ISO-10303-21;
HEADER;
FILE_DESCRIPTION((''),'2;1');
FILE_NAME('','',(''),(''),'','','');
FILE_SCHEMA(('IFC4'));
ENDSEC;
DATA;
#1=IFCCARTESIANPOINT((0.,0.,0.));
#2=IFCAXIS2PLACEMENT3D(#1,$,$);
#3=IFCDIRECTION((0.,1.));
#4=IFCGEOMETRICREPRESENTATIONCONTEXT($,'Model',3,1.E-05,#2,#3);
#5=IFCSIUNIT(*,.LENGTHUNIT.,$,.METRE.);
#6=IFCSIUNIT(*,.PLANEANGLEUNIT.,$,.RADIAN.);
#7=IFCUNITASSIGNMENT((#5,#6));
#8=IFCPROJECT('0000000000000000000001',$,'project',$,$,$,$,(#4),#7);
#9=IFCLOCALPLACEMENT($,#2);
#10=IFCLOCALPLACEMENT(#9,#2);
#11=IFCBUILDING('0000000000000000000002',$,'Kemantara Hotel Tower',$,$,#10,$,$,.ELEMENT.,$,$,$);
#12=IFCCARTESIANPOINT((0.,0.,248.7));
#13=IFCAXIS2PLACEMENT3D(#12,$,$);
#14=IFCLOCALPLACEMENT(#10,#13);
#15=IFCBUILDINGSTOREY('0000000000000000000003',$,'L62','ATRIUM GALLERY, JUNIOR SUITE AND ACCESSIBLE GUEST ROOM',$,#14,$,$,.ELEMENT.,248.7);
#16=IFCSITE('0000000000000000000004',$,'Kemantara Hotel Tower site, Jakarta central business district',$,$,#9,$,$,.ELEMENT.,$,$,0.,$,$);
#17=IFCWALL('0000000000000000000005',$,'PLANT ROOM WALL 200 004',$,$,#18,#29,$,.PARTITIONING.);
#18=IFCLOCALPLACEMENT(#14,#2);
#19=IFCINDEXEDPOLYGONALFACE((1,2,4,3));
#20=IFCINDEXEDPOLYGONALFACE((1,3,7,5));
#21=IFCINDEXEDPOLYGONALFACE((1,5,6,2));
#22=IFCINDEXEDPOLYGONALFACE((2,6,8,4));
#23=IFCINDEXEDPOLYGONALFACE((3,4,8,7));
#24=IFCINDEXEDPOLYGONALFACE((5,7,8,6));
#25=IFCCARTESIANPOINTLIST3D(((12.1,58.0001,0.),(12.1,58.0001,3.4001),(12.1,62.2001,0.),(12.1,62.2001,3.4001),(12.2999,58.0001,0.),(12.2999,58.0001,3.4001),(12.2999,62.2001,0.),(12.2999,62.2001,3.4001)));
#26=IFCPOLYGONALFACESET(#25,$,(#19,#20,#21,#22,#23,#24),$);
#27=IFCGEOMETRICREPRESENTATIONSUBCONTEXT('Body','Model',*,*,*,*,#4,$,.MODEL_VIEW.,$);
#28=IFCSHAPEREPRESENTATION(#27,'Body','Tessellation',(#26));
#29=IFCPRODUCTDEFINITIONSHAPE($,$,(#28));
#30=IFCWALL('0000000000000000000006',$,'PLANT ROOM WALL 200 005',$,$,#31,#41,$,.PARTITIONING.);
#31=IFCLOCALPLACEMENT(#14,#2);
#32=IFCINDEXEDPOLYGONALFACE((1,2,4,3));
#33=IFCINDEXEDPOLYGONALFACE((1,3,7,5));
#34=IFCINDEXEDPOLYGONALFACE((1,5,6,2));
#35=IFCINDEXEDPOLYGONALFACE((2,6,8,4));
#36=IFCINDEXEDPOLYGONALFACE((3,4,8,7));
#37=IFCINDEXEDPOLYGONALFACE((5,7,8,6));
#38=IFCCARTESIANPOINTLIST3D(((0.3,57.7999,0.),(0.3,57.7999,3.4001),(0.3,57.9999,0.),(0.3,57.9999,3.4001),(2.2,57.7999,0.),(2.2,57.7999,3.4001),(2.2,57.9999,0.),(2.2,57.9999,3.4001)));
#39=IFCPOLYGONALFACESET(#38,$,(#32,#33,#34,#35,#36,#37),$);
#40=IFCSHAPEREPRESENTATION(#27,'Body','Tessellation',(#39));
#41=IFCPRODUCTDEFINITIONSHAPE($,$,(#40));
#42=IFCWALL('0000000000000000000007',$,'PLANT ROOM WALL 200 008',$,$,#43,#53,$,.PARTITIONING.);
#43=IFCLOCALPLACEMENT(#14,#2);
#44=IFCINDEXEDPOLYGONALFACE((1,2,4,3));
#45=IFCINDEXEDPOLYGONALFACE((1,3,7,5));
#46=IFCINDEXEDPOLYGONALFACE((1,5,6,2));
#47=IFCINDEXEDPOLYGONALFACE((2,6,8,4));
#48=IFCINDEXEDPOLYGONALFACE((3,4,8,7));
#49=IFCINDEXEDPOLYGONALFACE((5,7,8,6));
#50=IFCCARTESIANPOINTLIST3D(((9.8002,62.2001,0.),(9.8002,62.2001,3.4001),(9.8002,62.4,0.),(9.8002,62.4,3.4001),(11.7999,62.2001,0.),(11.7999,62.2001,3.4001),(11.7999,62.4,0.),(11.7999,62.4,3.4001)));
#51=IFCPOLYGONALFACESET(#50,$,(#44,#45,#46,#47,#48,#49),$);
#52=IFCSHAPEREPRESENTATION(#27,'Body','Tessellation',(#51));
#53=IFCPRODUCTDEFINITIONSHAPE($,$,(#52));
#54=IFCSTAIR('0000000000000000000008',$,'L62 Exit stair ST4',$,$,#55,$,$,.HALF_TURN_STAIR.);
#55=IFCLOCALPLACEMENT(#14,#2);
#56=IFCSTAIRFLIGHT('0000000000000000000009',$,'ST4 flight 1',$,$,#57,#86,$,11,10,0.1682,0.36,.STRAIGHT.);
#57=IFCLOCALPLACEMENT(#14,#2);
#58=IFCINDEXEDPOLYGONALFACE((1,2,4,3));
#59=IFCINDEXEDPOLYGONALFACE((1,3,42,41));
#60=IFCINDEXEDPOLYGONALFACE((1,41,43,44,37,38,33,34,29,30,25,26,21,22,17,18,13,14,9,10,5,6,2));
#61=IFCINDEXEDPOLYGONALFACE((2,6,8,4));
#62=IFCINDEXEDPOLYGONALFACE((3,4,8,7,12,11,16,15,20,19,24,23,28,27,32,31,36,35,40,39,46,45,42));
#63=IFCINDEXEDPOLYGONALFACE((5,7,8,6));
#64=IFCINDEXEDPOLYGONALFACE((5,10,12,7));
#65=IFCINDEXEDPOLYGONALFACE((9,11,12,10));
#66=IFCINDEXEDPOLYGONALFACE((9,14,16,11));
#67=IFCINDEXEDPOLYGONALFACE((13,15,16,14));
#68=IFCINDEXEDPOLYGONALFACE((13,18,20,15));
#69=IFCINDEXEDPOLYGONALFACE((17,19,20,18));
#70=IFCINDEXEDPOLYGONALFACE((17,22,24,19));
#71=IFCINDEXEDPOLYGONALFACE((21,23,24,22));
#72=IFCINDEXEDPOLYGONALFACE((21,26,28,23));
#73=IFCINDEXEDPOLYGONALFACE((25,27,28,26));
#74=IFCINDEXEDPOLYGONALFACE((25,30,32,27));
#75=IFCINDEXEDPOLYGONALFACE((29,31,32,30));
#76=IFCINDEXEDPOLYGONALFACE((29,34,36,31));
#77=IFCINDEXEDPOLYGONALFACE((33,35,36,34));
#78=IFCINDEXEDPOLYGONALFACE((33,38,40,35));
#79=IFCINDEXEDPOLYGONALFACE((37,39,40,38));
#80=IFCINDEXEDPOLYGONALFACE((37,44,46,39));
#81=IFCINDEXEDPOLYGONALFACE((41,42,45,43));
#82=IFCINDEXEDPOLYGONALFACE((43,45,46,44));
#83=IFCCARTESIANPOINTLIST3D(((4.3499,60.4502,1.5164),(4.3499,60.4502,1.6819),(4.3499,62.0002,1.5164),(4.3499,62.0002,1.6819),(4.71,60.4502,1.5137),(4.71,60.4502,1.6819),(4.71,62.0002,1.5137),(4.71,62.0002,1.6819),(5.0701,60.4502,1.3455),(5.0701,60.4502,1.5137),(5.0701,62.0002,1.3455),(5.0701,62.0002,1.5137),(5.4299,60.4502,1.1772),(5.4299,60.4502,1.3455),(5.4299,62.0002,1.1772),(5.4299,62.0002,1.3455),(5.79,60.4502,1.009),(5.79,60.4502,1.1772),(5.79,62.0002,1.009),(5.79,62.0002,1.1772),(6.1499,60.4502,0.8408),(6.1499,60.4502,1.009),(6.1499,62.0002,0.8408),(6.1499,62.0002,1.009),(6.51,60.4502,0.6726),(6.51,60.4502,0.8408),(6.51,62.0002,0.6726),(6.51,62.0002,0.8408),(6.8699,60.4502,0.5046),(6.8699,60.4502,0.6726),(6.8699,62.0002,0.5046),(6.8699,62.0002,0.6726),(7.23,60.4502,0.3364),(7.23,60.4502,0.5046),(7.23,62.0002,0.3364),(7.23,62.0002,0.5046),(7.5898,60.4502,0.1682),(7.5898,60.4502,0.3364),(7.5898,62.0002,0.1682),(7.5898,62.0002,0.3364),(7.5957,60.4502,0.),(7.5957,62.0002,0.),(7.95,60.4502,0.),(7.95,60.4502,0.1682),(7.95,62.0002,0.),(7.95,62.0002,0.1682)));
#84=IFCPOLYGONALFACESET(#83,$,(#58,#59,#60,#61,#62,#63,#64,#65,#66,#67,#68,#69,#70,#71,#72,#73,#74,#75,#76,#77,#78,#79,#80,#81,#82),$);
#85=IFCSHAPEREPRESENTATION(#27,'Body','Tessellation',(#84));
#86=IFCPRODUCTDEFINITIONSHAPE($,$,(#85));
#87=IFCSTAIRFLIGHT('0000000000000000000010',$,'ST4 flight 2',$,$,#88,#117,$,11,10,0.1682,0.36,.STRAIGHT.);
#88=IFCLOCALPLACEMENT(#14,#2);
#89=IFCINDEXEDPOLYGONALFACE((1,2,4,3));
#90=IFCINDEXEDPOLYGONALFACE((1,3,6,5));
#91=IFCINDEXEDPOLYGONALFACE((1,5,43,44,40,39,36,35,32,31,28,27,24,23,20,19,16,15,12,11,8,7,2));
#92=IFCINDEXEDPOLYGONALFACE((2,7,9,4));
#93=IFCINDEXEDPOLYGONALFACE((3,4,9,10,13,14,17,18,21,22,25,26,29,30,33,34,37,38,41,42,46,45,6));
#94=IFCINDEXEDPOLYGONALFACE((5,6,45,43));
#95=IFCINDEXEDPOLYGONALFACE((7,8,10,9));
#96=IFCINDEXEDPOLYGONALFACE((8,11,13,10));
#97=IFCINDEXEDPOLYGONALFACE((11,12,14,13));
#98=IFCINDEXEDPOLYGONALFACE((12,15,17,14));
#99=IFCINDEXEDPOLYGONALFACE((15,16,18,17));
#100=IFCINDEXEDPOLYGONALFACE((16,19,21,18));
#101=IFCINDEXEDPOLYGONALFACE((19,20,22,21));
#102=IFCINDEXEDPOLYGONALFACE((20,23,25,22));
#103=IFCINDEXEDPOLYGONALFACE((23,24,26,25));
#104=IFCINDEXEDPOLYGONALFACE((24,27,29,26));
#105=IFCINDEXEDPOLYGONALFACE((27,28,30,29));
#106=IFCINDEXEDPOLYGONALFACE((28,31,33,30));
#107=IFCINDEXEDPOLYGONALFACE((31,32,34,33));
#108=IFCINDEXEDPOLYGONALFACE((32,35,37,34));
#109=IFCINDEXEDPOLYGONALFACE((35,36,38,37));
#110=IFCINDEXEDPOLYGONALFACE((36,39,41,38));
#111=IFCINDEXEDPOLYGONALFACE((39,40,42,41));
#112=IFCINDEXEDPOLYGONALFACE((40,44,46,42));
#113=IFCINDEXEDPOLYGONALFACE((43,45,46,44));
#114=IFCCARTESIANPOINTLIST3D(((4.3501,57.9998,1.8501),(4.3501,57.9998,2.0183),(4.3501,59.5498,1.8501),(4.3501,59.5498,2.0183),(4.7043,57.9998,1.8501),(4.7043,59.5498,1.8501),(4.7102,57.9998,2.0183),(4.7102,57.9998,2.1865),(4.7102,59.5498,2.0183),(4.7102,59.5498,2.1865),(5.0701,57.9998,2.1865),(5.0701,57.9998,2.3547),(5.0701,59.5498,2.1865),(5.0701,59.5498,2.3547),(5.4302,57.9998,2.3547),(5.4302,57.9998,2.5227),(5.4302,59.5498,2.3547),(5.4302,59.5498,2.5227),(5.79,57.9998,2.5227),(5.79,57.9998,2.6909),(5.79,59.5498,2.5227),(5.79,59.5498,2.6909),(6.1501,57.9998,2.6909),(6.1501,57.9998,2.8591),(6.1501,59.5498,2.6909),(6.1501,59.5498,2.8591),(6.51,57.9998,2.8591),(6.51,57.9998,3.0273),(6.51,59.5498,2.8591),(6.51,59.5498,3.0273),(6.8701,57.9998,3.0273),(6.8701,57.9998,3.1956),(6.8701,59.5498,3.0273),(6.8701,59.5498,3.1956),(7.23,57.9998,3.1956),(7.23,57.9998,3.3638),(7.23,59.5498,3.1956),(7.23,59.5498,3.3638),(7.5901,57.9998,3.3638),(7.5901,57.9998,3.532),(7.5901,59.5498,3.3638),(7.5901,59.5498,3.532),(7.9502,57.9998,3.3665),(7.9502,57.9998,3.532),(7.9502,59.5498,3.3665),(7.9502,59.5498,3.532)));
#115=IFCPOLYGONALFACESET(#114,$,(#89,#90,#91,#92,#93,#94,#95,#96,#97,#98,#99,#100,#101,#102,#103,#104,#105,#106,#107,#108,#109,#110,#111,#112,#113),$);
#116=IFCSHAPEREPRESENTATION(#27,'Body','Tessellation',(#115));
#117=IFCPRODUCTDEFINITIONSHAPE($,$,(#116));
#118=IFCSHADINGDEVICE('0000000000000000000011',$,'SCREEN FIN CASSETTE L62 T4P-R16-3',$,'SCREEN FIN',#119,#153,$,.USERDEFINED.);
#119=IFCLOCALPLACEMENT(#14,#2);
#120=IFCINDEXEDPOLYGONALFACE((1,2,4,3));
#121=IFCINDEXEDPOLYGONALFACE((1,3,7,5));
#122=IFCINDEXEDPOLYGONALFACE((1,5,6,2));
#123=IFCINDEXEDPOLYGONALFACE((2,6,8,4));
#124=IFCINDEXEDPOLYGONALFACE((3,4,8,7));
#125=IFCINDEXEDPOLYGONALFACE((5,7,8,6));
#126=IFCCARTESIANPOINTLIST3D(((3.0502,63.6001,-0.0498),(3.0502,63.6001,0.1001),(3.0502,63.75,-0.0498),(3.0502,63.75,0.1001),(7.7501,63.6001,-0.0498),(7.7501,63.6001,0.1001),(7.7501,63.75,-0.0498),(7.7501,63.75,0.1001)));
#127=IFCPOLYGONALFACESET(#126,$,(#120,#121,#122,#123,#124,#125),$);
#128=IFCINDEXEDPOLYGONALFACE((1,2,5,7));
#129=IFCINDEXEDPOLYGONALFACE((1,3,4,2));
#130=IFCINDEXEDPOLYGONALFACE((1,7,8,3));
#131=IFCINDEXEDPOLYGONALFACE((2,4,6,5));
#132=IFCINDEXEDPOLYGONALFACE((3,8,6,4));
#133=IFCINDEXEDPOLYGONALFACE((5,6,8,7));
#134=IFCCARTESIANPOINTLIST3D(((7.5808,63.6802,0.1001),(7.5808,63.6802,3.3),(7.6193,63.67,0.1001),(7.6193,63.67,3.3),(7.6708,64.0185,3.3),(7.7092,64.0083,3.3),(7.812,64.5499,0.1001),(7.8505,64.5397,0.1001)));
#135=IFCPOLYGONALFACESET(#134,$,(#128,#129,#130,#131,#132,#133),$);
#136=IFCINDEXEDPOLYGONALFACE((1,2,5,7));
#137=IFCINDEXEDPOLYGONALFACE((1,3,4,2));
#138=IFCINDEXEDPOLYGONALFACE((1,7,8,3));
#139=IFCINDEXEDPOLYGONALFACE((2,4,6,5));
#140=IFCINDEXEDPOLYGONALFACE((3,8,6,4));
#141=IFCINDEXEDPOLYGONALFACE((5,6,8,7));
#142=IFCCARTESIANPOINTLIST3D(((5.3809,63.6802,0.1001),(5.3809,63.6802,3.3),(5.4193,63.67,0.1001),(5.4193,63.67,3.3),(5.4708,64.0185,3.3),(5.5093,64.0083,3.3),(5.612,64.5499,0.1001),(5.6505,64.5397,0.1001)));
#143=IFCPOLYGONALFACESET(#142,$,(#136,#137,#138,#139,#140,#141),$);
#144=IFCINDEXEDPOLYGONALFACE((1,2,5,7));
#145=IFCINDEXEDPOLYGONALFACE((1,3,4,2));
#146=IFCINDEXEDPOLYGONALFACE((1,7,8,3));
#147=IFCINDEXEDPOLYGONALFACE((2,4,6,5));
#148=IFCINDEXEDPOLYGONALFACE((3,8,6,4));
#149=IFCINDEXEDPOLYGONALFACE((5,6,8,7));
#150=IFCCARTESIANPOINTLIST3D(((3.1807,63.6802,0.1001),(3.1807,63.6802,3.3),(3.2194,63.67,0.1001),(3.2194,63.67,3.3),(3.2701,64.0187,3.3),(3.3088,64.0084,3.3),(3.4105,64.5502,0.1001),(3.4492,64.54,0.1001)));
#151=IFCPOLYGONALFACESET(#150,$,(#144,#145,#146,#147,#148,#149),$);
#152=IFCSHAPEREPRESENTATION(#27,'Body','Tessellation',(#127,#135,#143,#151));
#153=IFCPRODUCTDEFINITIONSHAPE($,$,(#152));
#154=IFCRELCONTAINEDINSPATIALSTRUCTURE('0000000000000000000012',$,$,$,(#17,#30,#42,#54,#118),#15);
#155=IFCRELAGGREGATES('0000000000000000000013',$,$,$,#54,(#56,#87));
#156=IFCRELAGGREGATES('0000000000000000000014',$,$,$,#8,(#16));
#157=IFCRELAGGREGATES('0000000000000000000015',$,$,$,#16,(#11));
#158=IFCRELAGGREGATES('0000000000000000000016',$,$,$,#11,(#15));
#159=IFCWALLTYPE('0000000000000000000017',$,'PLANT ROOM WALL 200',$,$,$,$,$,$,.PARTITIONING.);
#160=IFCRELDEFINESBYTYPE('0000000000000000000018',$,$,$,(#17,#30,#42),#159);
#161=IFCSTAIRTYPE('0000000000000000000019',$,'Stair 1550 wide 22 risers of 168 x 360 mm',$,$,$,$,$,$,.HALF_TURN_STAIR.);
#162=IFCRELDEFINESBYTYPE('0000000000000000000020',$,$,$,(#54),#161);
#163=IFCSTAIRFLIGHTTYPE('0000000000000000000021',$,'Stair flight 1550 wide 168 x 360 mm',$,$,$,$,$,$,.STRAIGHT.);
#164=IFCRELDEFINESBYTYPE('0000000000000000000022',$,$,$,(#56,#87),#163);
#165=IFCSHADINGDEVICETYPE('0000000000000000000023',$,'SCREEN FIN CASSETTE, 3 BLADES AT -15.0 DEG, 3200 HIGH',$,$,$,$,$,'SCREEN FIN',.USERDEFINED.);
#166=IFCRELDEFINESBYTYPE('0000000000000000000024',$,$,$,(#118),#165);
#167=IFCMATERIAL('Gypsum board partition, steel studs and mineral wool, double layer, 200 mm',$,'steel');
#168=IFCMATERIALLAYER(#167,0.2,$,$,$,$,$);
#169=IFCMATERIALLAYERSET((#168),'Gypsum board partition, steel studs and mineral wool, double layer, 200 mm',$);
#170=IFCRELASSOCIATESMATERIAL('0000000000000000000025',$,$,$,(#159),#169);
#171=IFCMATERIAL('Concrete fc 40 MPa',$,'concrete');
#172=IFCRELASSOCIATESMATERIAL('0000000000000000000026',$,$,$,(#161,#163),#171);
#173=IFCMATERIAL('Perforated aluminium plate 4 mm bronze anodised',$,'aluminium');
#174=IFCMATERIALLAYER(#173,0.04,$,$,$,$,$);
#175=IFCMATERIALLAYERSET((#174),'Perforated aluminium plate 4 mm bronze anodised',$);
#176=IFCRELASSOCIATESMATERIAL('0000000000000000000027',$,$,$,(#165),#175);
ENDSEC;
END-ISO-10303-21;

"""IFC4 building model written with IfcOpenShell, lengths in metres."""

from ifc_helpers import new_model, si_unit, direction, frame, frame_2d, origin, origin_2d, place, context, subcontext, project, spatial, polyline, rectangle, outline, extrude, source, transform, mapped, material, layer, layer_set, type_object, element, aggregate, save


model = new_model("IFC4")

# Units and contexts
model_context = context("Model", 3, precision=1e-05, world=origin(), true_north=direction((0.0, 1.0)))
body_context = subcontext(model_context, "Body", "Model", "MODEL_VIEW")
ifc_project = project(units=[si_unit("LENGTHUNIT", "METRE"), si_unit("PLANEANGLEUNIT", "RADIAN")], contexts=[model_context])

# Site, building, storey
site_placement = place(None, origin())
site = spatial("IfcSite", under=ifc_project, at=site_placement, Name="Kemantara Hotel Tower site, Jakarta central business district", CompositionType="ELEMENT", RefElevation=0.0)
building_placement = place(site_placement, origin())
building = spatial("IfcBuilding", under=site, at=building_placement, Name="Kemantara Hotel Tower", CompositionType="ELEMENT")
storey_placement = place(building_placement, frame((0.0, 0.0, 248.7)))
storey = spatial("IfcBuildingStorey", under=building, at=storey_placement, Name="L62", Description="ATRIUM GALLERY, JUNIOR SUITE AND ACCESSIBLE GUEST ROOM", CompositionType="ELEMENT", Elevation=248.7)

# Shared definitions
ifc_material_1 = material(Name="Concrete fc 40 MPa", Category="concrete")

# Shared definitions
ifc_material_2 = material(Name="Gypsum board partition, steel studs and mineral wool, double layer, 200 mm", Category="steel")
ifc_layer_1 = layer(ifc_material_2, 0.2)
ifc_layer_set_1 = layer_set([ifc_layer_1], Name="Gypsum board partition, steel studs and mineral wool, double layer, 200 mm")
wall_type_1 = type_object("IfcWallType", Name="PLANT ROOM WALL 200", PredefinedType="PARTITIONING", material=ifc_layer_set_1)

# Walls
wall_1_placement = place(storey_placement, frame((12.2, 58.0, 0.0), z_axis=(0.0, 0.0, 1.0), x_axis=(0.0, 1.0, 0.0)))
element("IfcWall", 1, at=wall_1_placement, inside=storey, type_object=wall_type_1, Name="PLANT ROOM WALL 200 004", PredefinedType="PARTITIONING", context=body_context, shape_type="SweptSolid", body=[
    extrude(rectangle(XDim=4.2, YDim=0.2, at=frame_2d((2.1001, 0.0))), origin(), (0.0, 0.0, 1.0), 3.4001),
])
wall_2_placement = place(storey_placement, frame((0.3, 57.8999, 0.0), z_axis=(0.0, 0.0, 1.0), x_axis=(1.0, 0.0, 0.0)))
element("IfcWall", 2, at=wall_2_placement, inside=storey, type_object=wall_type_1, Name="PLANT ROOM WALL 200 005", PredefinedType="PARTITIONING", context=body_context, shape_type="SweptSolid", body=[
    extrude(rectangle(XDim=1.8999, YDim=0.2, at=frame_2d((0.95, 0.0))), origin(), (0.0, 0.0, 1.0), 3.4001),
])
wall_3_placement = place(storey_placement, frame((9.8, 62.3, 0.0), z_axis=(0.0, 0.0, 1.0), x_axis=(1.0, 0.0, 0.0)))
element("IfcWall", 3, at=wall_3_placement, inside=storey, type_object=wall_type_1, Name="PLANT ROOM WALL 200 008", PredefinedType="PARTITIONING", context=body_context, shape_type="SweptSolid", body=[
    extrude(rectangle(XDim=1.9998, YDim=0.2, at=frame_2d((1.0, 0.0))), origin(), (0.0, 0.0, 1.0), 3.4001),
])

# Stair, stair flights
stair_type = type_object("IfcStairType", Name="Stair 1550 wide 22 risers of 168 x 360 mm", PredefinedType="HALF_TURN_STAIR", material=ifc_material_1)
stair_placement = place(storey_placement, origin())
stair = element("IfcStair", 4, at=stair_placement, inside=storey, type_object=stair_type, Name="L62 Exit stair ST4", PredefinedType="HALF_TURN_STAIR")
stair_flight_type = type_object("IfcStairFlightType", Name="Stair flight 1550 wide 168 x 360 mm", PredefinedType="STRAIGHT", material=ifc_material_1)
stair_flight_1_placement = place(storey_placement, frame((7.95, 61.2251, 0.0), z_axis=(0.0, 0.0, 1.0), x_axis=(-1.0, 0.0, 0.0)))
stair_flight_1 = element("IfcStairFlight", 5, at=stair_flight_1_placement, type_object=stair_flight_type, Name="ST4 flight 1", NumberOfRisers=11, NumberOfTreads=10, PredefinedType="STRAIGHT", RiserHeight=0.1682, TreadLength=0.36, context=body_context, shape_type="SweptSolid", body=[
    extrude(outline(polyline([(0.0, 0.0), (0.0, 0.1682), (0.3601, 0.1682), (0.3601, 0.3364), (0.72, 0.3364), (0.72, 0.5046), (1.0801, 0.5046), (1.0801, 0.6726), (1.4399, 0.6726), (1.4399, 0.8408), (1.8, 0.8408), (1.8, 1.009), (2.1599, 1.009), (2.1599, 1.1772), (2.52, 1.1772), (2.52, 1.3455), (2.8799, 1.3455), (2.8799, 1.5137), (3.24, 1.5137), (3.24, 1.6819), (3.6001, 1.6819), (3.6001, 1.8501), (3.6001, 1.5164), (0.3542, 0.0), (0.0, 0.0)])), frame((0.0, 0.7749, 0.0), z_axis=(0.0, -1.0, 0.0), x_axis=(1.0, 0.0, 0.0)), (0.0, 0.0, 1.0), 1.55),
])
stair_flight_2_placement = place(storey_placement, frame((4.3501, 58.7749, 1.8501), z_axis=(0.0, 0.0, 1.0), x_axis=(1.0, 0.0, 0.0)))
stair_flight_2 = element("IfcStairFlight", 6, at=stair_flight_2_placement, type_object=stair_flight_type, Name="ST4 flight 2", NumberOfRisers=11, NumberOfTreads=10, PredefinedType="STRAIGHT", RiserHeight=0.1682, TreadLength=0.36, context=body_context, shape_type="SweptSolid", body=[
    extrude(outline(polyline([(0.0, 0.0), (0.0, 0.1682), (0.3601, 0.1682), (0.3601, 0.3364), (0.72, 0.3364), (0.72, 0.5046), (1.0801, 0.5046), (1.0801, 0.6726), (1.4399, 0.6726), (1.4399, 0.8408), (1.8, 0.8408), (1.8, 1.009), (2.1599, 1.009), (2.1599, 1.1772), (2.52, 1.1772), (2.52, 1.3455), (2.8799, 1.3455), (2.8799, 1.5137), (3.24, 1.5137), (3.24, 1.6819), (3.6001, 1.6819), (3.6001, 1.8501), (3.6001, 1.5164), (0.3542, 0.0), (0.0, 0.0)])), frame((0.0, 0.7749, 0.0), z_axis=(0.0, -1.0, 0.0), x_axis=(1.0, 0.0, 0.0)), (0.0, 0.0, 1.0), 1.55),
])
aggregate(stair, [stair_flight_1, stair_flight_2])

# Shading device
ifc_material_3 = material(Name="Perforated aluminium plate 4 mm bronze anodised", Category="aluminium")
ifc_layer_2 = layer(ifc_material_3, 0.04)
ifc_layer_set_2 = layer_set([ifc_layer_2], Name="Perforated aluminium plate 4 mm bronze anodised")
shading_device_type_1 = type_object("IfcShadingDeviceType", Name="SCREEN FIN CASSETTE, 3 BLADES AT -15.0 DEG, 3200 HIGH", ElementType="SCREEN FIN", PredefinedType="USERDEFINED", material=ifc_layer_set_2)
shared_shape_1 = source(origin(), body_context, "Body", "SweptSolid", [
    extrude(rectangle(XDim=4.7, YDim=0.1499, at=origin_2d()), frame((2.2, -0.075, -0.1499), z_axis=(0.0, 0.0, 1.0), x_axis=(1.0, 0.0, 0.0)), (0.0, 0.0, 1.0), 0.1499),
    extrude(outline(polyline([(0.0, 0.0), (0.8999, 0.0), (0.3501, 3.2), (0.0, 3.2), (0.0, 0.0)])), frame((0.0193, -0.0801, 0.0), z_axis=(-0.966438, 0.256901, 0.0), x_axis=(-0.256901, -0.966438, 0.0)), (0.0, 0.0, 1.0), 0.0398),
    extrude(outline(polyline([(0.0, 0.0), (0.8999, 0.0), (0.3501, 3.2), (0.0, 3.2), (0.0, 0.0)])), frame((2.2192, -0.0801, 0.0), z_axis=(-0.966438, 0.256901, 0.0), x_axis=(-0.256901, -0.966438, 0.0)), (0.0, 0.0, 1.0), 0.0398),
    extrude(outline(polyline([(0.0, 0.0), (0.8999, 0.0), (0.3501, 3.2), (0.0, 3.2), (0.0, 0.0)])), frame((4.4194, -0.0801, 0.0), z_axis=(-0.966838, 0.255391, 0.0), x_axis=(-0.255391, -0.966838, 0.0)), (0.0, 0.0, 1.0), 0.04),
])
shading_device_1_placement = place(storey_placement, frame((7.6001, 63.6001, 0.1001), z_axis=(0.0, 0.0, 1.0), x_axis=(-1.0, 0.0, 0.0)))
element("IfcShadingDevice", 7, at=shading_device_1_placement, inside=storey, type_object=shading_device_type_1, Name="SCREEN FIN CASSETTE L62 T4P-R16-3", ObjectType="SCREEN FIN", PredefinedType="USERDEFINED", context=body_context, shape_type="MappedRepresentation", body=[
    mapped(shared_shape_1, transform((0.0, 0.0, 0.0))),
])

save(model, "model.ifc")
